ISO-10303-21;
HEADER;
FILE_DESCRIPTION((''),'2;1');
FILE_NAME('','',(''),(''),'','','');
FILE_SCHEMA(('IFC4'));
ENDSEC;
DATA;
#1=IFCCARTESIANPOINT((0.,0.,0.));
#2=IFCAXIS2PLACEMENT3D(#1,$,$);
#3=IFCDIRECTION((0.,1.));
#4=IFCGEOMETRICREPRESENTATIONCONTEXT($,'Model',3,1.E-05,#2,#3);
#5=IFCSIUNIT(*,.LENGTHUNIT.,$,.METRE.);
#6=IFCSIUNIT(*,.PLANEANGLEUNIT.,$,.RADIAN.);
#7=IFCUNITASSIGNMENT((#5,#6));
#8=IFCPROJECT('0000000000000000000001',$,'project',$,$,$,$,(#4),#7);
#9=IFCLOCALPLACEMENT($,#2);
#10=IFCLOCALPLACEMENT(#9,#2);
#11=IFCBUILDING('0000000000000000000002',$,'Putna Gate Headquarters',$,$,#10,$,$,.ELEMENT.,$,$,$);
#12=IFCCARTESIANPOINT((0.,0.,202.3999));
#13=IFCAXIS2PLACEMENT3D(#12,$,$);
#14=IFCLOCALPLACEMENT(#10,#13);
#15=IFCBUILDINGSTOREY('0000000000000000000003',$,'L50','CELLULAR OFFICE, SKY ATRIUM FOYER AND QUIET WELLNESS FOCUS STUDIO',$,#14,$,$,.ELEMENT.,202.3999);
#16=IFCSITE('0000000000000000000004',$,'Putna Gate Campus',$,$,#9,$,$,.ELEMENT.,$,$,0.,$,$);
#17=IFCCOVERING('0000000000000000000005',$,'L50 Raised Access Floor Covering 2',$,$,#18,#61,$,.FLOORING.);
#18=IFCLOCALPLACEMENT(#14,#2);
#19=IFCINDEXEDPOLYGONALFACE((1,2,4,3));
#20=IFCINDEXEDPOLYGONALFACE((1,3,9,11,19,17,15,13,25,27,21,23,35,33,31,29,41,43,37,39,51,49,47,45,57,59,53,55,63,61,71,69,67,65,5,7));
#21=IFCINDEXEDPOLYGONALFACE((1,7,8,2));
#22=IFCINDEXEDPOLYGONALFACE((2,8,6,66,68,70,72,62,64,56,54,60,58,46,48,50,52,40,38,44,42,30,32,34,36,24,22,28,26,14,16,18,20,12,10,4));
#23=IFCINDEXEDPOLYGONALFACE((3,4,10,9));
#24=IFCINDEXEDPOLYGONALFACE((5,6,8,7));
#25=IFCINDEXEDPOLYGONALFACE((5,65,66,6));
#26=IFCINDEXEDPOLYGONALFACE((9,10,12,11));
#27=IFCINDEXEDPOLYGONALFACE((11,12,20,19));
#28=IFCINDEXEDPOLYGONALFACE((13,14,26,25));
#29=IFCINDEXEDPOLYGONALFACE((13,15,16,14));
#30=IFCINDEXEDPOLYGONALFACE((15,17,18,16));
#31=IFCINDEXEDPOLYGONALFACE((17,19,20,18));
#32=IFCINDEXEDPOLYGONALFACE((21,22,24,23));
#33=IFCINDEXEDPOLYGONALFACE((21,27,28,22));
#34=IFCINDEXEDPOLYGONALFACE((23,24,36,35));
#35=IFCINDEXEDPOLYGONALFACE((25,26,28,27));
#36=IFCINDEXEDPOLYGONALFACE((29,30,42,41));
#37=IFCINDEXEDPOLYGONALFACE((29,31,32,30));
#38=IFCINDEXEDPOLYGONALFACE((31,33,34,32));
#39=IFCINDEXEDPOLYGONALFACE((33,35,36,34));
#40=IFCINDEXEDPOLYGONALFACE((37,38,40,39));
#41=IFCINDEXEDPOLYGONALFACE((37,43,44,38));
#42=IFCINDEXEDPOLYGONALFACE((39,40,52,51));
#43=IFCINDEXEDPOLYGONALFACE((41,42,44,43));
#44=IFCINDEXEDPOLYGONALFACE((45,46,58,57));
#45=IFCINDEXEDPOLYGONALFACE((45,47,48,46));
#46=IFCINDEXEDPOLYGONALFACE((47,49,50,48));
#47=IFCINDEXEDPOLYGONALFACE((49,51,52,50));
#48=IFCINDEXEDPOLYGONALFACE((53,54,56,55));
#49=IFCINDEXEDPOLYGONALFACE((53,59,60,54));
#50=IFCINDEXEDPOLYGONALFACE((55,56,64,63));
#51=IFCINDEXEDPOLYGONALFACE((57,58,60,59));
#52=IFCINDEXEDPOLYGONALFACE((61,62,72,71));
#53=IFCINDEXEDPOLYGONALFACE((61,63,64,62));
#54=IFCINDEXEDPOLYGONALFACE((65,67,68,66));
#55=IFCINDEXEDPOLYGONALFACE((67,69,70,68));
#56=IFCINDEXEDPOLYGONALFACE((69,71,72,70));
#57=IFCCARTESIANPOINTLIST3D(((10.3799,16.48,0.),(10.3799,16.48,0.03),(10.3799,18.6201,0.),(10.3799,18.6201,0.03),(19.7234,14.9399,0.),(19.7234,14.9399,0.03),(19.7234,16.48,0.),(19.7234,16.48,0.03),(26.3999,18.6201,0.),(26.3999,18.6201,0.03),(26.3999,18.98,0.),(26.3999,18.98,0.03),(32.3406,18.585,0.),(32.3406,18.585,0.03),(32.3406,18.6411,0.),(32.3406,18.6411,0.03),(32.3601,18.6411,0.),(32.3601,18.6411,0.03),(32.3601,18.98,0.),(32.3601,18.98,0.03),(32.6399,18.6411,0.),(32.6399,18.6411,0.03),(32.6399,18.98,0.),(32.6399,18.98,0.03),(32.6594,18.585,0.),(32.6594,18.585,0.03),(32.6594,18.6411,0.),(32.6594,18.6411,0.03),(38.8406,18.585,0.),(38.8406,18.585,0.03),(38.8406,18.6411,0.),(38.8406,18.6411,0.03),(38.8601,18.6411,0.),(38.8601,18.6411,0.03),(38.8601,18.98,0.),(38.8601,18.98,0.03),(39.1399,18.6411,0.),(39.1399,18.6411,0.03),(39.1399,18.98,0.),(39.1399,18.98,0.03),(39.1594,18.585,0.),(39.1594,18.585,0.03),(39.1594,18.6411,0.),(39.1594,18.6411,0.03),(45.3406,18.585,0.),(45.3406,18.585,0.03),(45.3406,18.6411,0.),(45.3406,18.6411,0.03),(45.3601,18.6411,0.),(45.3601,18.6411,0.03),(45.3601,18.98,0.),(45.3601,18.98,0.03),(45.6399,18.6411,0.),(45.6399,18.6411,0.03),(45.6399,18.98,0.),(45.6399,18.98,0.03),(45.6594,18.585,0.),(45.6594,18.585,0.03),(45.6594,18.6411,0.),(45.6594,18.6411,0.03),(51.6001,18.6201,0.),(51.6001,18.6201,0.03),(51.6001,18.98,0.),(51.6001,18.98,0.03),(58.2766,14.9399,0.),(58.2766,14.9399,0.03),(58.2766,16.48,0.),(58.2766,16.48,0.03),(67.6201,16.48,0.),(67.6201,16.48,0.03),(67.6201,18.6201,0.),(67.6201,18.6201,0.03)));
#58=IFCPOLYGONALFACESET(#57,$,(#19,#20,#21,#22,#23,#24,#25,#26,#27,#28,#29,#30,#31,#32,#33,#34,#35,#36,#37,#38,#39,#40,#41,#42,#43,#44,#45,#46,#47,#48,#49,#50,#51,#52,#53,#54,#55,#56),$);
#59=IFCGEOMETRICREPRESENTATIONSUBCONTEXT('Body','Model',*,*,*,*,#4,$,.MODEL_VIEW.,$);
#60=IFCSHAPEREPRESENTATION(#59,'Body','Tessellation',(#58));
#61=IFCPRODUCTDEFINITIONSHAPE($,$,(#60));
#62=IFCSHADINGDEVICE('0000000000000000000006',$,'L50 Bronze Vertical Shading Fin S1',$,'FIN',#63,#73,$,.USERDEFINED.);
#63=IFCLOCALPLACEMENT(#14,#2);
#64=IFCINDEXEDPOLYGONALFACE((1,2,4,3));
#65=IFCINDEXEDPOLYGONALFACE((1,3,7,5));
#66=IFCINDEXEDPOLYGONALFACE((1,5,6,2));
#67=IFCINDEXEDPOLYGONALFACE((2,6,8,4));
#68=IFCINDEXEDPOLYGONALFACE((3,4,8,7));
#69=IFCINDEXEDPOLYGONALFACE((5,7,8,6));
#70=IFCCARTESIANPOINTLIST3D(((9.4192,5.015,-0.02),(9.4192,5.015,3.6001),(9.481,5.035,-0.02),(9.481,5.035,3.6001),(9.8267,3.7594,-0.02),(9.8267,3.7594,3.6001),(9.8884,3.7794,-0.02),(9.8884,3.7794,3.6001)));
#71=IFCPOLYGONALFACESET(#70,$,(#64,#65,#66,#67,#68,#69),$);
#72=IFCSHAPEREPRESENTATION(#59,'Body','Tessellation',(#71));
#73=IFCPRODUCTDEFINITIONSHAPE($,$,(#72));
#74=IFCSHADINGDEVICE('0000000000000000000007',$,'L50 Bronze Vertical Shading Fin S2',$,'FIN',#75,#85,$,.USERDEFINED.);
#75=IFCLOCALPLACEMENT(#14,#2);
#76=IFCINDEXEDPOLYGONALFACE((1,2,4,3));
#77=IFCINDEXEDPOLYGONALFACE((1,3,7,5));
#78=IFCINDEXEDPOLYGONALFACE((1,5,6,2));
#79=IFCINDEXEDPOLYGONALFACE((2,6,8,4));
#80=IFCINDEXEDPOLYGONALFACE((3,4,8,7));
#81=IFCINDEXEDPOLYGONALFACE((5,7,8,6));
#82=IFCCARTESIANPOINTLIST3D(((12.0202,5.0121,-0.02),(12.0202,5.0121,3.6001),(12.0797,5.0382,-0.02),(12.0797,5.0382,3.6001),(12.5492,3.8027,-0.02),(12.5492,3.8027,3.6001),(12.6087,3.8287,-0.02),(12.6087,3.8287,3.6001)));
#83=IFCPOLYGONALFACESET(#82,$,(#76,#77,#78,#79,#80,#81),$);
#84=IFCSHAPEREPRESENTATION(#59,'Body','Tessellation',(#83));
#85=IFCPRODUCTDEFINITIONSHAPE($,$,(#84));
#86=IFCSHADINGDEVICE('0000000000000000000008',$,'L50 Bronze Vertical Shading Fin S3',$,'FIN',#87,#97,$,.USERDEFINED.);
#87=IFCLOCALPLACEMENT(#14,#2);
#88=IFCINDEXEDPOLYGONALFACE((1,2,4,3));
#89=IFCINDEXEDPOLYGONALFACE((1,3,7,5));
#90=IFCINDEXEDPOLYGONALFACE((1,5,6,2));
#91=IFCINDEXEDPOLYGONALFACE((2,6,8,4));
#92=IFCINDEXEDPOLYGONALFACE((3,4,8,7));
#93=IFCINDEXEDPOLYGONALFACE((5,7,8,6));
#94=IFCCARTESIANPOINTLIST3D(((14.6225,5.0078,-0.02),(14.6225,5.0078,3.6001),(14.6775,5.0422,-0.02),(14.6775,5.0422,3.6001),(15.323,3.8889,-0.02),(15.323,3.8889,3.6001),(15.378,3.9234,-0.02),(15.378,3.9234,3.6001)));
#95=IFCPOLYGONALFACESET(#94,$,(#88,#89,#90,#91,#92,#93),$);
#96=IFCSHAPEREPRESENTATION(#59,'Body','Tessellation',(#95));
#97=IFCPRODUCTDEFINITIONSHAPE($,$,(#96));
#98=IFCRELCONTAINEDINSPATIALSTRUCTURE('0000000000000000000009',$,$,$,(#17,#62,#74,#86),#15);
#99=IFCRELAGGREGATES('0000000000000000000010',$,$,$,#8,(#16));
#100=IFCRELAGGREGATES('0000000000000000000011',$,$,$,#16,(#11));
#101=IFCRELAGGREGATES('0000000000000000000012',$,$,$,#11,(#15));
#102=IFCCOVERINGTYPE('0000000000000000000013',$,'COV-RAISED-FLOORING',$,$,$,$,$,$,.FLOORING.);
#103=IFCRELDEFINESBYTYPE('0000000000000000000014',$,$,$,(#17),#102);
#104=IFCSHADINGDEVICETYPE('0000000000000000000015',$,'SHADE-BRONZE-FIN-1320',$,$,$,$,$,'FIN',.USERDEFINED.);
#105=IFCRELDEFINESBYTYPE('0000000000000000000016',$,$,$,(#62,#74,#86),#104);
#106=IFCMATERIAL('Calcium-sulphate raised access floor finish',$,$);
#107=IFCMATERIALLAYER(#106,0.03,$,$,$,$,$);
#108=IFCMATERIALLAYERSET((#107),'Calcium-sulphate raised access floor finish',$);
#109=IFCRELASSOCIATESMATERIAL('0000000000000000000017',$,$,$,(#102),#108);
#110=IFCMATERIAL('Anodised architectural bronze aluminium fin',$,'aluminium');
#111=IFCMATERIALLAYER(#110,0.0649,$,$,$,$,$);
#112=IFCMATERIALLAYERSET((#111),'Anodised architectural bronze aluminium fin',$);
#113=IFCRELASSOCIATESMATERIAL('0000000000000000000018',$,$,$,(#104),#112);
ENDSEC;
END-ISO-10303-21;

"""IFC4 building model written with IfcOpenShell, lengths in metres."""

from ifc_helpers import new_model, si_unit, direction, frame, origin, origin_2d, place, context, subcontext, project, spatial, polyline, rectangle, outline, extrude, material, layer, layer_set, type_object, element, save


model = new_model("IFC4")

# Units and contexts
model_context = context("Model", 3, precision=1e-05, world=origin(), true_north=direction((0.0, 1.0)))
body_context = subcontext(model_context, "Body", "Model", "MODEL_VIEW")
ifc_project = project(units=[si_unit("LENGTHUNIT", "METRE"), si_unit("PLANEANGLEUNIT", "RADIAN")], contexts=[model_context])

# Site, building, storey
site_placement = place(None, origin())
site = spatial("IfcSite", under=ifc_project, at=site_placement, Name="Putna Gate Campus", CompositionType="ELEMENT", RefElevation=0.0)
building_placement = place(site_placement, origin())
building = spatial("IfcBuilding", under=site, at=building_placement, Name="Putna Gate Headquarters", CompositionType="ELEMENT")
storey_placement = place(building_placement, frame((0.0, 0.0, 202.3999)))
storey = spatial("IfcBuildingStorey", under=building, at=storey_placement, Name="L50", Description="CELLULAR OFFICE, SKY ATRIUM FOYER AND QUIET WELLNESS FOCUS STUDIO", CompositionType="ELEMENT", Elevation=202.3999)

# Covering
ifc_material_1 = material(Name="Calcium-sulphate raised access floor finish")
ifc_layer_1 = layer(ifc_material_1, 0.03)
ifc_layer_set_1 = layer_set([ifc_layer_1], Name="Calcium-sulphate raised access floor finish")
covering_type_1 = type_object("IfcCoveringType", Name="COV-RAISED-FLOORING", PredefinedType="FLOORING", material=ifc_layer_set_1)
covering_1_placement = place(storey_placement, origin())
element("IfcCovering", 1, at=covering_1_placement, inside=storey, type_object=covering_type_1, Name="L50 Raised Access Floor Covering 2", PredefinedType="FLOORING", context=body_context, shape_type="SweptSolid", body=[
    extrude(outline(polyline([(19.7234, 16.48), (19.7234, 14.9399), (58.2766, 14.9399), (58.2766, 16.48), (67.6201, 16.48), (67.6201, 18.6201), (51.6001, 18.6201), (51.6001, 18.98), (45.6399, 18.98), (45.6399, 18.6411), (45.6594, 18.6411), (45.6594, 18.585), (45.3406, 18.585), (45.3406, 18.6411), (45.3601, 18.6411), (45.3601, 18.98), (39.1399, 18.98), (39.1399, 18.6411), (39.1594, 18.6411), (39.1594, 18.585), (38.8406, 18.585), (38.8406, 18.6411), (38.8601, 18.6411), (38.8601, 18.98), (32.6399, 18.98), (32.6399, 18.6411), (32.6594, 18.6411), (32.6594, 18.585), (32.3406, 18.585), (32.3406, 18.6411), (32.3601, 18.6411), (32.3601, 18.98), (26.3999, 18.98), (26.3999, 18.6201), (10.3799, 18.6201), (10.3799, 16.48), (19.7234, 16.48)])), origin(), (0.0, 0.0, 1.0), 0.03),
])

# Shading devices
ifc_material_2 = material(Name="Anodised architectural bronze aluminium fin", Category="aluminium")
ifc_layer_2 = layer(ifc_material_2, 0.0649)
ifc_layer_set_2 = layer_set([ifc_layer_2], Name="Anodised architectural bronze aluminium fin")
shading_device_type = type_object("IfcShadingDeviceType", Name="SHADE-BRONZE-FIN-1320", ElementType="FIN", PredefinedType="USERDEFINED", material=ifc_layer_set_2)
for number, where, z_axis, x_axis, name in (
    (2, (9.6538, 4.3972, -0.02), (0.0, 0.0, 1.0), (0.308685, -0.951164, 0.0), "L50 Bronze Vertical Shading Fin S1"),
    (3, (12.3145, 4.4204, -0.02), (0.0, 0.0, 1.0), (0.400669, -0.916223, 0.0), "L50 Bronze Vertical Shading Fin S2"),
    (4, (15.0002, 4.4656, -0.02), (0.0, 0.0, 1.0), (0.530659, -0.847585, 0.0), "L50 Bronze Vertical Shading Fin S3"),
):
    element("IfcShadingDevice", number, at=place(storey_placement, frame(where, z_axis=z_axis, x_axis=x_axis)), inside=storey, type_object=shading_device_type, Name=name, ObjectType="FIN", PredefinedType="USERDEFINED", context=body_context, shape_type="SweptSolid", body=[
        extrude(rectangle(XDim=1.3201, YDim=0.0649, at=origin_2d()), origin(), (0.0, 0.0, 1.0), 3.6201),
    ])

save(model, "model.ifc")
